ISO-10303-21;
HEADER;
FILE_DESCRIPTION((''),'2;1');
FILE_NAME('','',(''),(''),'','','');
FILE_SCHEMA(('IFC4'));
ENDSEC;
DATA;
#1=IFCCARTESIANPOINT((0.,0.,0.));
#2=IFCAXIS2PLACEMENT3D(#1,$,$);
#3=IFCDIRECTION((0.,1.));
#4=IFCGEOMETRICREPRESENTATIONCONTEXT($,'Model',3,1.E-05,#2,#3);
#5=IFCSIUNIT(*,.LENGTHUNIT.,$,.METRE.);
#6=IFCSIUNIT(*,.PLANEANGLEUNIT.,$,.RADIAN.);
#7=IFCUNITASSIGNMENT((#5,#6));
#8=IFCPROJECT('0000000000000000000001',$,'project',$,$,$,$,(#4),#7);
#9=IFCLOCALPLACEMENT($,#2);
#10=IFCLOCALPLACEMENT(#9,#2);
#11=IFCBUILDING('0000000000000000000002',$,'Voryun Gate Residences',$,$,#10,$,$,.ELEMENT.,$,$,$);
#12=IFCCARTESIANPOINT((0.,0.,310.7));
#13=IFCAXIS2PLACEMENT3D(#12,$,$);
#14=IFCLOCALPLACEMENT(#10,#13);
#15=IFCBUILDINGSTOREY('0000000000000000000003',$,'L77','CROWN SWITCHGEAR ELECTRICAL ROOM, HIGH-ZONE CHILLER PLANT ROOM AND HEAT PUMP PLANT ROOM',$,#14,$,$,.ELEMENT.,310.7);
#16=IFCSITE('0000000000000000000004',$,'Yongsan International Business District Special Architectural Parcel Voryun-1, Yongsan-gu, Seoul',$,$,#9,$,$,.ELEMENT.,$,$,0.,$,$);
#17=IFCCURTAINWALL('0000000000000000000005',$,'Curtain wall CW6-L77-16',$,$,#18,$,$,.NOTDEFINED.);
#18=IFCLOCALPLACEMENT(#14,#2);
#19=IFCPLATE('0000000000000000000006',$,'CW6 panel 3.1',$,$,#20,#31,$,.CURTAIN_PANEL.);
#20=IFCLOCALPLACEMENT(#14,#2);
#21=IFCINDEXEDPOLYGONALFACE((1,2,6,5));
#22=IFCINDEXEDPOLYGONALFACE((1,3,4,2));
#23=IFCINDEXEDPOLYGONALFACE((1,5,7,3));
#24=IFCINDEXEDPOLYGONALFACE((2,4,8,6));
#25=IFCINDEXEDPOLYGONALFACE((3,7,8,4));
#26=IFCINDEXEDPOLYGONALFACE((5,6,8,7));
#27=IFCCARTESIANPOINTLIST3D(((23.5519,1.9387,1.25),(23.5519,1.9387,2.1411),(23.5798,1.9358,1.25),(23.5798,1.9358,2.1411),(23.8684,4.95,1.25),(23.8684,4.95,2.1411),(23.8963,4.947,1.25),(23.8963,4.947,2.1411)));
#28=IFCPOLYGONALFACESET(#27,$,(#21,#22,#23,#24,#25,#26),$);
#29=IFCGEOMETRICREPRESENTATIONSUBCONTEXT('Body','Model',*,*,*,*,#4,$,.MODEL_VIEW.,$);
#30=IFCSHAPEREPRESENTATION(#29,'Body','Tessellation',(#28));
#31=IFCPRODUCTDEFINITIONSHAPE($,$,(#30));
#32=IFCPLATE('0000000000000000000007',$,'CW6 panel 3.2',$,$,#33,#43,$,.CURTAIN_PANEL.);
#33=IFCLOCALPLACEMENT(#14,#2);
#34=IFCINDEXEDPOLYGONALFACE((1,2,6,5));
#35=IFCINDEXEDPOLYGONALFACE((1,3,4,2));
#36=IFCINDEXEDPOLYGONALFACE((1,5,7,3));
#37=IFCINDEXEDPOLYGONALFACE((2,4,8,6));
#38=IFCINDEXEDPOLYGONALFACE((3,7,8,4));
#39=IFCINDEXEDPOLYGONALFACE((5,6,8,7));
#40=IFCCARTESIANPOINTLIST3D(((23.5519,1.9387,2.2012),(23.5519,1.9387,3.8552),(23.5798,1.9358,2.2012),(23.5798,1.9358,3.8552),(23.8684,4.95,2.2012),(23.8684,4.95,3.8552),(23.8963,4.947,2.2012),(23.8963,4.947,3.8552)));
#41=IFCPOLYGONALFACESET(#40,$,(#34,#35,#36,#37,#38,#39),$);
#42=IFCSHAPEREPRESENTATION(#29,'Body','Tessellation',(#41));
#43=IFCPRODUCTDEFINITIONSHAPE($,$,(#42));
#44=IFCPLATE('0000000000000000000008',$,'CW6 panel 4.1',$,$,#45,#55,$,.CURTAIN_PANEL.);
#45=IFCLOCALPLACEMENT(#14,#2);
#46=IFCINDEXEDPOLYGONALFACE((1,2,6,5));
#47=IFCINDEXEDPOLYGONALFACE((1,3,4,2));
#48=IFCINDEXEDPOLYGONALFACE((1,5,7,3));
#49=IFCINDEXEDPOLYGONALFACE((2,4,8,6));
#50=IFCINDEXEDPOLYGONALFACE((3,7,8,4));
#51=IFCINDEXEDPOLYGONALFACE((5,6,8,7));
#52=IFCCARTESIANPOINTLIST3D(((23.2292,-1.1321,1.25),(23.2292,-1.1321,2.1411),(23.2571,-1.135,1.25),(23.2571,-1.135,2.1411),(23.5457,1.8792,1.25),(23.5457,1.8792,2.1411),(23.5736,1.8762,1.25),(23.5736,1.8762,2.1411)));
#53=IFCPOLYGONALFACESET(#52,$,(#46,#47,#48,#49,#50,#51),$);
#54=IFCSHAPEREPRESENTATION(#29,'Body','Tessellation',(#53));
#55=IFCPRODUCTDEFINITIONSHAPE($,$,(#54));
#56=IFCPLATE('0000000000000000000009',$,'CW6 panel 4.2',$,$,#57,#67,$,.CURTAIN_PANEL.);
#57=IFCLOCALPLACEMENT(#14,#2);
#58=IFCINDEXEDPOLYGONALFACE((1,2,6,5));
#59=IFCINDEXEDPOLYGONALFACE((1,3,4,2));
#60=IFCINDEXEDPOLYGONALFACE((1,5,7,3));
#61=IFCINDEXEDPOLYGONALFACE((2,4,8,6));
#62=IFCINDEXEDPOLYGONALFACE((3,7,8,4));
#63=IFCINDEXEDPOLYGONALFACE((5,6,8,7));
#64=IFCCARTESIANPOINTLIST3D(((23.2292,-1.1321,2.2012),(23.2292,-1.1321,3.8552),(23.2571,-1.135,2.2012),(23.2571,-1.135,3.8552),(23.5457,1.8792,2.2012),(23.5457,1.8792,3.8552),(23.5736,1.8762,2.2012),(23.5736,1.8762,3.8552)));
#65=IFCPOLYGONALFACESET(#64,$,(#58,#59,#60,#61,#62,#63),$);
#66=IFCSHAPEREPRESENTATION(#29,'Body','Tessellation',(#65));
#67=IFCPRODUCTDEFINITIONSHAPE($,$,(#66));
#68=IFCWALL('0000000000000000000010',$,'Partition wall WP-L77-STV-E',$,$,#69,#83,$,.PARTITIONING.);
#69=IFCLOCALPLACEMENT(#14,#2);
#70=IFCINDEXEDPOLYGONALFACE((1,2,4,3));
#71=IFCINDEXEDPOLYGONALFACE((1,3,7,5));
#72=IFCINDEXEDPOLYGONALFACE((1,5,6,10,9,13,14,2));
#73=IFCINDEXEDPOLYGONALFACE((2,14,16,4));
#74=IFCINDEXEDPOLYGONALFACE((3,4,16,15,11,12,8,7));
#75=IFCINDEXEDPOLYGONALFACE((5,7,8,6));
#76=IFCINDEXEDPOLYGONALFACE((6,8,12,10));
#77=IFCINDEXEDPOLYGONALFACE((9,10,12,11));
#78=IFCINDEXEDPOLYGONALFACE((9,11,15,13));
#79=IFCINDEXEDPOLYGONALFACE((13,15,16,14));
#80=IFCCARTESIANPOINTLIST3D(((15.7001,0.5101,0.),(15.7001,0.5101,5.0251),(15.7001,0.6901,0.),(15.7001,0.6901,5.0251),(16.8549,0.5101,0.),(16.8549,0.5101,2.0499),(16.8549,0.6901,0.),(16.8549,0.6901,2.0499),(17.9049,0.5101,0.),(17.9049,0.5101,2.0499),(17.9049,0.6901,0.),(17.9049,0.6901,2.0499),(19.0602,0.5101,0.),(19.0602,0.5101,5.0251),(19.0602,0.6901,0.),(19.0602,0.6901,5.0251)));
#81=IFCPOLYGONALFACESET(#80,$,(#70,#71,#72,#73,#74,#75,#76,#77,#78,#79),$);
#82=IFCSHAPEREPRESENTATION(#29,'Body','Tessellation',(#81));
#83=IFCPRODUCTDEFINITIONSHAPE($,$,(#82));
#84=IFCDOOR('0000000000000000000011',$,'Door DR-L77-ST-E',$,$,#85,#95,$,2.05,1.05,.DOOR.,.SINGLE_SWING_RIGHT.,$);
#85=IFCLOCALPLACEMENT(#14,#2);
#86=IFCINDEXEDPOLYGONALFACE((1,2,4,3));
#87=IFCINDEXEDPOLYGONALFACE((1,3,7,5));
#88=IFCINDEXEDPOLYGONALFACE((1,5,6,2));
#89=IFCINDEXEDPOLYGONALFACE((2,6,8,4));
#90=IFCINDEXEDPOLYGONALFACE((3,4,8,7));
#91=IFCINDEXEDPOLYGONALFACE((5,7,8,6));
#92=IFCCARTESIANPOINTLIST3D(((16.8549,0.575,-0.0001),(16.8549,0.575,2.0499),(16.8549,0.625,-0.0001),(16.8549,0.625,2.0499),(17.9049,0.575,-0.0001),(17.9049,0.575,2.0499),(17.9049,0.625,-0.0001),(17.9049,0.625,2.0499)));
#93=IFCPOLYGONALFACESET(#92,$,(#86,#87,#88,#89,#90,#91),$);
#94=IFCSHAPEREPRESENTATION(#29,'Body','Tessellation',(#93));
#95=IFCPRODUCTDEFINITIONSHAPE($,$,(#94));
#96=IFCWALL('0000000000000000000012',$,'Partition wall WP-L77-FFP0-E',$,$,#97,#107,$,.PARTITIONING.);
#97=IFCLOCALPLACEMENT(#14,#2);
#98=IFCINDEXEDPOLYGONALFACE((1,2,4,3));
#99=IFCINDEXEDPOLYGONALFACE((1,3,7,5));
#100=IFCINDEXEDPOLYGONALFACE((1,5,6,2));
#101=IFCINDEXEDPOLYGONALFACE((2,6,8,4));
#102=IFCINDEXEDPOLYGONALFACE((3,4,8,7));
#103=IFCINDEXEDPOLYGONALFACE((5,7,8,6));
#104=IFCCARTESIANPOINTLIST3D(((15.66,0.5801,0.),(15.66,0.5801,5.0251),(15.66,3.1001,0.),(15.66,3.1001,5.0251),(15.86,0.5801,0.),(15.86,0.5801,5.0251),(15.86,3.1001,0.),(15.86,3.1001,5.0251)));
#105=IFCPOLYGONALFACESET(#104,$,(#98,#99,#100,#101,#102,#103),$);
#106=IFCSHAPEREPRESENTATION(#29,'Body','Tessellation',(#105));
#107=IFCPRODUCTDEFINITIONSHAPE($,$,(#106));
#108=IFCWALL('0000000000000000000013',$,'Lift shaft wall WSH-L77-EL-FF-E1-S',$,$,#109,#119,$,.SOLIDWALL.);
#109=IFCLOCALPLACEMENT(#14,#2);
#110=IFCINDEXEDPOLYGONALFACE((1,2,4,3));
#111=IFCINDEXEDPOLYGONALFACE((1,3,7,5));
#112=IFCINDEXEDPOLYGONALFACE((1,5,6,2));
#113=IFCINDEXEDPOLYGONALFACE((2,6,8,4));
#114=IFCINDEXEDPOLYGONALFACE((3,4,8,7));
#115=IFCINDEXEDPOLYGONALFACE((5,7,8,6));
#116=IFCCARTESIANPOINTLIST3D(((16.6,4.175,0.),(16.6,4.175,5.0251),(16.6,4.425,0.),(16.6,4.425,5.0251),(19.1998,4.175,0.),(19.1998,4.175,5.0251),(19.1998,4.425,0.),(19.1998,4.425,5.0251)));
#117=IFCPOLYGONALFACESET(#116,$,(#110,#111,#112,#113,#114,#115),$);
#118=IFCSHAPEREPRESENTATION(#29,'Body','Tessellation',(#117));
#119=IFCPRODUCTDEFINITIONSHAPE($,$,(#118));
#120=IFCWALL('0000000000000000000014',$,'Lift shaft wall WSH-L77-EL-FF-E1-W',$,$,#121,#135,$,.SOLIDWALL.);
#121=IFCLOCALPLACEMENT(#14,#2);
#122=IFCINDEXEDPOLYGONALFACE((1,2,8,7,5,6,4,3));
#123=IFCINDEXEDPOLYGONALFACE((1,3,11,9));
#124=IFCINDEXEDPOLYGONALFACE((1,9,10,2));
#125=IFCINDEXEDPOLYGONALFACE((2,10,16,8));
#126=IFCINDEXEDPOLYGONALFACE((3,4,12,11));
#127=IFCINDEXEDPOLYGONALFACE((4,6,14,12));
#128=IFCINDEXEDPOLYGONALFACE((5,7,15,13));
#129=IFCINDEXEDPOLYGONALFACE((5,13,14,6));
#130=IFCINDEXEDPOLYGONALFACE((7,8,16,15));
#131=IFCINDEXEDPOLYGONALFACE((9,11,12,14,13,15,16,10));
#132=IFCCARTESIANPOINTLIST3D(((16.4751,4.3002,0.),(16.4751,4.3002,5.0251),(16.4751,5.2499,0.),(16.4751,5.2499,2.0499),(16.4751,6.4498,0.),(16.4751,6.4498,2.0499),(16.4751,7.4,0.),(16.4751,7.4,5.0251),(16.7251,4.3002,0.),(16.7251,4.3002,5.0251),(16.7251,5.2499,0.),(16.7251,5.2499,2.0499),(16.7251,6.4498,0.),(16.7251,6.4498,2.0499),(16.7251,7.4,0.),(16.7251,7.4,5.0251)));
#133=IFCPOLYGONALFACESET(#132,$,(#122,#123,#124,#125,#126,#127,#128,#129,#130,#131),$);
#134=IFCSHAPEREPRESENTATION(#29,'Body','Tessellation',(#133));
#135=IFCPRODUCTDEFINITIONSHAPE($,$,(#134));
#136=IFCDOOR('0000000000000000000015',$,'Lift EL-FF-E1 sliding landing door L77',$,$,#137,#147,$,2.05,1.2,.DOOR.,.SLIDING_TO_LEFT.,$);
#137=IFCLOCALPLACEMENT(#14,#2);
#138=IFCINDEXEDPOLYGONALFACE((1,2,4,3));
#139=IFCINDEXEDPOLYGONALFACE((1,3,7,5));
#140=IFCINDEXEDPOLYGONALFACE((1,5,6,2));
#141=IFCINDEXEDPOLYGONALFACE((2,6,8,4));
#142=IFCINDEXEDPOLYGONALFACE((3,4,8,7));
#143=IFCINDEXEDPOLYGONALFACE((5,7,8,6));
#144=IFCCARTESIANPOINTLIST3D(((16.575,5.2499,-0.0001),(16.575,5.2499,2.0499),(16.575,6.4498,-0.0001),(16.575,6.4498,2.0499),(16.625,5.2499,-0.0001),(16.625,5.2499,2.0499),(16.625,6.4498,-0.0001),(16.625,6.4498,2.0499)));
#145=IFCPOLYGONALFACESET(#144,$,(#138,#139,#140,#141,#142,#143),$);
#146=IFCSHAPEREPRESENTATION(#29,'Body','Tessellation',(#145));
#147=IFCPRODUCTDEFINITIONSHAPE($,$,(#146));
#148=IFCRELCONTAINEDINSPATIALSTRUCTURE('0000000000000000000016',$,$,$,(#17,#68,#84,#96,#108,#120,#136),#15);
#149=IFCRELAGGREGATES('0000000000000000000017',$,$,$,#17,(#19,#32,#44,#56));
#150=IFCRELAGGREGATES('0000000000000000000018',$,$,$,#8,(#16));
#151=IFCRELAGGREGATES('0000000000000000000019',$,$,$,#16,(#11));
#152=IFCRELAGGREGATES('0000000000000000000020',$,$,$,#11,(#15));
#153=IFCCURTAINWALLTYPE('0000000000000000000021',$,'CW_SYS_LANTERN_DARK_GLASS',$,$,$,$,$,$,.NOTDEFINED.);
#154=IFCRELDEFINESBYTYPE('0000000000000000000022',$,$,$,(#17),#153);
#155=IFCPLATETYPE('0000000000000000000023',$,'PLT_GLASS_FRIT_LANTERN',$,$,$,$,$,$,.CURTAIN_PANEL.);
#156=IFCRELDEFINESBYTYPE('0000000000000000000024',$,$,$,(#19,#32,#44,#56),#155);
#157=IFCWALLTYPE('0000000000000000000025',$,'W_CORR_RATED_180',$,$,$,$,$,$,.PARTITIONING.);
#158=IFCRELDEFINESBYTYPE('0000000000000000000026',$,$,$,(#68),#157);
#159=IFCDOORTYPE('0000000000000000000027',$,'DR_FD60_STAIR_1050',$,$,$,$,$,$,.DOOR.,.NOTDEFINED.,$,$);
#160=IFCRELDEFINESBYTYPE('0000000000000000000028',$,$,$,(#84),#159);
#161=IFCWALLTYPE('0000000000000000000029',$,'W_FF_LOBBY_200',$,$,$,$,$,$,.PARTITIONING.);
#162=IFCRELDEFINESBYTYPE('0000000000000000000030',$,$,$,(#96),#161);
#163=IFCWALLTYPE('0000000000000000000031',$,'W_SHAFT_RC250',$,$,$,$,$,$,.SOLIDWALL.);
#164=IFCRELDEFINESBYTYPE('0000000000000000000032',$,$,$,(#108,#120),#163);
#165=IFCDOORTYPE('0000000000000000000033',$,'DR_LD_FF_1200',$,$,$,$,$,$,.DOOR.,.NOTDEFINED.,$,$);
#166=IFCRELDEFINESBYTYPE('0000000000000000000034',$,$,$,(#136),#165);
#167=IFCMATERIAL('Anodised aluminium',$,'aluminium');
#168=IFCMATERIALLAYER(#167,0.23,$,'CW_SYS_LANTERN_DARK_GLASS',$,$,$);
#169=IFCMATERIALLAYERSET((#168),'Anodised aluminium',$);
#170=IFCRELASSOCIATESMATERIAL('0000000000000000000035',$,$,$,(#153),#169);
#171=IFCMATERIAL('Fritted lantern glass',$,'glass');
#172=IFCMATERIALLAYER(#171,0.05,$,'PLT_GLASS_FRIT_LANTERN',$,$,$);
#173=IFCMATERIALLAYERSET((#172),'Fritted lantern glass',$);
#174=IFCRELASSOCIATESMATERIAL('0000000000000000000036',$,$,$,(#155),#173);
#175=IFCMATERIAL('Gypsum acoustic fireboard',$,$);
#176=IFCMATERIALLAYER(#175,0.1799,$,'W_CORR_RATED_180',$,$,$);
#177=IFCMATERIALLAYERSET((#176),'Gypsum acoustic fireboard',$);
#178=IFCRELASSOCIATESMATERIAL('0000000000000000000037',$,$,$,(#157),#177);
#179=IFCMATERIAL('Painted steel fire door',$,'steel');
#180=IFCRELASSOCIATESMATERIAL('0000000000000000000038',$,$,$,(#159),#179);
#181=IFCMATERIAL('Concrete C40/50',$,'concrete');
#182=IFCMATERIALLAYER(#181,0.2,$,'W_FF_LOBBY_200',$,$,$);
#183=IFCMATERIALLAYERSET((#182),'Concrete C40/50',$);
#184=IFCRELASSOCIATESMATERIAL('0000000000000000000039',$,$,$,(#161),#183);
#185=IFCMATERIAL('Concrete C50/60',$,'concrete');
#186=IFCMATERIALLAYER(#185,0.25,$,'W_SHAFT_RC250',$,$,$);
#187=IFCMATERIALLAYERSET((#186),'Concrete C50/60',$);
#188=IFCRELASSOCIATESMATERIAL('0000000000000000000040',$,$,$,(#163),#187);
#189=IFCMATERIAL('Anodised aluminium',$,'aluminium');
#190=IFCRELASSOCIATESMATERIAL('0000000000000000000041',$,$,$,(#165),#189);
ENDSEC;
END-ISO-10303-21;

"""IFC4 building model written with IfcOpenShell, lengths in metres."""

from ifc_helpers import new_model, si_unit, direction, frame, frame_2d, origin, origin_2d, place, context, subcontext, project, spatial, rectangle, extrude, material, layer, layer_set, type_object, element, fill, aggregate, save


model = new_model("IFC4")

# Units and contexts
model_context = context("Model", 3, precision=1e-05, world=origin(), true_north=direction((0.0, 1.0)))
body_context = subcontext(model_context, "Body", "Model", "MODEL_VIEW")
ifc_project = project(units=[si_unit("LENGTHUNIT", "METRE"), si_unit("PLANEANGLEUNIT", "RADIAN")], contexts=[model_context])

# Site, building, storey
site_placement = place(None, origin())
site = spatial("IfcSite", under=ifc_project, at=site_placement, Name="Yongsan International Business District Special Architectural Parcel Voryun-1, Yongsan-gu, Seoul", CompositionType="ELEMENT", RefElevation=0.0)
building_placement = place(site_placement, origin())
building = spatial("IfcBuilding", under=site, at=building_placement, Name="Voryun Gate Residences", CompositionType="ELEMENT")
storey_placement = place(building_placement, frame((0.0, 0.0, 310.7)))
storey = spatial("IfcBuildingStorey", under=building, at=storey_placement, Name="L77", Description="CROWN SWITCHGEAR ELECTRICAL ROOM, HIGH-ZONE CHILLER PLANT ROOM AND HEAT PUMP PLANT ROOM", CompositionType="ELEMENT", Elevation=310.7)

# Curtain wall
ifc_material_1 = material(Name="Anodised aluminium", Category="aluminium")
ifc_layer_1 = layer(ifc_material_1, 0.23, Name="CW_SYS_LANTERN_DARK_GLASS")
ifc_layer_set_1 = layer_set([ifc_layer_1], Name="Anodised aluminium")
curtain_wall_type = type_object("IfcCurtainWallType", Name="CW_SYS_LANTERN_DARK_GLASS", PredefinedType="NOTDEFINED", material=ifc_layer_set_1)
curtain_wall_placement = place(storey_placement, origin())
curtain_wall = element("IfcCurtainWall", 1, at=curtain_wall_placement, inside=storey, type_object=curtain_wall_type, Name="Curtain wall CW6-L77-16", PredefinedType="NOTDEFINED")

# Plates
ifc_material_2 = material(Name="Fritted lantern glass", Category="glass")
ifc_layer_2 = layer(ifc_material_2, 0.05, Name="PLT_GLASS_FRIT_LANTERN")
ifc_layer_set_2 = layer_set([ifc_layer_2], Name="Fritted lantern glass")
plate_type_1 = type_object("IfcPlateType", Name="PLT_GLASS_FRIT_LANTERN", PredefinedType="CURTAIN_PANEL", material=ifc_layer_set_2)
plate_1_placement = place(storey_placement, frame((23.7241, 3.4429, 1.25), z_axis=(0.0, 0.0, 1.0), x_axis=(-0.104528, -0.994522, 0.0)))
plate_1 = element("IfcPlate", 2, at=plate_1_placement, type_object=plate_type_1, Name="CW6 panel 3.1", PredefinedType="CURTAIN_PANEL", context=body_context, shape_type="SweptSolid", body=[
    extrude(rectangle(XDim=3.0278, YDim=0.0281, at=origin_2d()), origin(), (0.0, 0.0, 1.0), 0.8911),
])
plate_2_placement = place(storey_placement, frame((23.7241, 3.4429, 2.2012), z_axis=(0.0, 0.0, 1.0), x_axis=(-0.104528, -0.994522, 0.0)))
plate_2 = element("IfcPlate", 3, at=plate_2_placement, type_object=plate_type_1, Name="CW6 panel 3.2", PredefinedType="CURTAIN_PANEL", context=body_context, shape_type="SweptSolid", body=[
    extrude(rectangle(XDim=3.0278, YDim=0.0281, at=origin_2d()), origin(), (0.0, 0.0, 1.0), 1.6541),
])
plate_3_placement = place(storey_placement, frame((23.4014, 0.3721, 1.25), z_axis=(0.0, 0.0, 1.0), x_axis=(-0.104528, -0.994522, 0.0)))
plate_3 = element("IfcPlate", 4, at=plate_3_placement, type_object=plate_type_1, Name="CW6 panel 4.1", PredefinedType="CURTAIN_PANEL", context=body_context, shape_type="SweptSolid", body=[
    extrude(rectangle(XDim=3.0278, YDim=0.0281, at=origin_2d()), origin(), (0.0, 0.0, 1.0), 0.8911),
])
plate_4_placement = place(storey_placement, frame((23.4014, 0.3721, 2.2012), z_axis=(0.0, 0.0, 1.0), x_axis=(-0.104528, -0.994522, 0.0)))
plate_4 = element("IfcPlate", 5, at=plate_4_placement, type_object=plate_type_1, Name="CW6 panel 4.2", PredefinedType="CURTAIN_PANEL", context=body_context, shape_type="SweptSolid", body=[
    extrude(rectangle(XDim=3.0278, YDim=0.0281, at=origin_2d()), origin(), (0.0, 0.0, 1.0), 1.6541),
])
aggregate(curtain_wall, [plate_1, plate_2, plate_3, plate_4])

# Wall, opening, door
ifc_material_3 = material(Name="Gypsum acoustic fireboard")
ifc_layer_3 = layer(ifc_material_3, 0.1799, Name="W_CORR_RATED_180")
ifc_layer_set_3 = layer_set([ifc_layer_3], Name="Gypsum acoustic fireboard")
wall_type_1 = type_object("IfcWallType", Name="W_CORR_RATED_180", PredefinedType="PARTITIONING", material=ifc_layer_set_3)
wall_1_placement = place(storey_placement, frame((15.7, 0.6001, 0.0), z_axis=(0.0, 0.0, 1.0), x_axis=(1.0, 0.0, 0.0)))
wall_1 = element("IfcWall", 6, at=wall_1_placement, inside=storey, type_object=wall_type_1, Name="Partition wall WP-L77-STV-E", PredefinedType="PARTITIONING", context=body_context, shape_type="SweptSolid", body=[
    extrude(rectangle(XDim=3.3601, YDim=0.1799, at=frame_2d((1.6802, 0.0))), origin(), (0.0, 0.0, 1.0), 5.0251),
])
opening_1_placement = place(wall_1_placement, frame((1.155, 0.0, 0.0)))
opening_1 = element("IfcOpeningElement", 7, at=opening_1_placement, cuts=wall_1, PredefinedType="OPENING", context=body_context, shape_type="SweptSolid", body=[
    extrude(rectangle(XDim=1.05, YDim=2.05, at=frame_2d((0.5249, 1.0249))), frame((0.0, 0.0999, 0.0), z_axis=(0.0, -1.0, 0.0), x_axis=(1.0, 0.0, 0.0)), (0.0, 0.0, 1.0), 0.2),
])
ifc_material_4 = material(Name="Painted steel fire door", Category="steel")
door_type_1 = type_object("IfcDoorType", Name="DR_FD60_STAIR_1050", OperationType="NOTDEFINED", PredefinedType="DOOR", material=ifc_material_4)
door_1_placement = place(opening_1_placement, origin())
door_1 = element("IfcDoor", 8, at=door_1_placement, inside=storey, type_object=door_type_1, Name="Door DR-L77-ST-E", OperationType="SINGLE_SWING_RIGHT", OverallHeight=2.05, OverallWidth=1.05, PredefinedType="DOOR", context=body_context, shape_type="SweptSolid", body=[
    extrude(rectangle(XDim=1.05, YDim=2.05, at=frame_2d((0.5249, 1.0249))), frame((0.0, 0.0249, 0.0), z_axis=(0.0, -1.0, 0.0), x_axis=(1.0, 0.0, 0.0)), (0.0, 0.0, 1.0), 0.05),
])
fill(opening_1, door_1)

# Walls
ifc_material_5 = material(Name="Concrete C40/50", Category="concrete")
ifc_layer_4 = layer(ifc_material_5, 0.2, Name="W_FF_LOBBY_200")
ifc_layer_set_4 = layer_set([ifc_layer_4], Name="Concrete C40/50")
wall_type_2 = type_object("IfcWallType", Name="W_FF_LOBBY_200", PredefinedType="PARTITIONING", material=ifc_layer_set_4)
wall_2_placement = place(storey_placement, frame((15.76, 0.5801, 0.0), z_axis=(0.0, 0.0, 1.0), x_axis=(0.0, 1.0, 0.0)))
element("IfcWall", 9, at=wall_2_placement, inside=storey, type_object=wall_type_2, Name="Partition wall WP-L77-FFP0-E", PredefinedType="PARTITIONING", context=body_context, shape_type="SweptSolid", body=[
    extrude(rectangle(XDim=2.52, YDim=0.2, at=frame_2d((1.26, 0.0))), origin(), (0.0, 0.0, 1.0), 5.0251),
])
ifc_material_6 = material(Name="Concrete C50/60", Category="concrete")
ifc_layer_5 = layer(ifc_material_6, 0.25, Name="W_SHAFT_RC250")
ifc_layer_set_5 = layer_set([ifc_layer_5], Name="Concrete C50/60")
wall_type_3 = type_object("IfcWallType", Name="W_SHAFT_RC250", PredefinedType="SOLIDWALL", material=ifc_layer_set_5)
wall_3_placement = place(storey_placement, frame((16.6001, 4.3, 0.0), z_axis=(0.0, 0.0, 1.0), x_axis=(1.0, 0.0, 0.0)))
element("IfcWall", 10, at=wall_3_placement, inside=storey, type_object=wall_type_3, Name="Lift shaft wall WSH-L77-EL-FF-E1-S", PredefinedType="SOLIDWALL", context=body_context, shape_type="SweptSolid", body=[
    extrude(rectangle(XDim=2.5999, YDim=0.25, at=frame_2d((1.2998, 0.0))), origin(), (0.0, 0.0, 1.0), 5.0251),
])

# Wall, opening, door
wall_4_placement = place(storey_placement, frame((16.6001, 7.3999, 0.0), z_axis=(0.0, 0.0, 1.0), x_axis=(0.0, -1.0, 0.0)))
wall_4 = element("IfcWall", 11, at=wall_4_placement, inside=storey, type_object=wall_type_3, Name="Lift shaft wall WSH-L77-EL-FF-E1-W", PredefinedType="SOLIDWALL", context=body_context, shape_type="SweptSolid", body=[
    extrude(rectangle(XDim=3.0999, YDim=0.25, at=frame_2d((1.5498, 0.0))), origin(), (0.0, 0.0, 1.0), 5.0251),
])
opening_2_placement = place(wall_4_placement, frame((0.95, 0.0, 0.0)))
opening_2 = element("IfcOpeningElement", 12, at=opening_2_placement, cuts=wall_4, PredefinedType="OPENING", context=body_context, shape_type="SweptSolid", body=[
    extrude(rectangle(XDim=1.2, YDim=2.05, at=frame_2d((0.6001, 1.0249))), frame((0.0, 0.135, 0.0), z_axis=(0.0, -1.0, 0.0), x_axis=(1.0, 0.0, 0.0)), (0.0, 0.0, 1.0), 0.27),
])
ifc_material_7 = material(Name="Anodised aluminium", Category="aluminium")
door_type_2 = type_object("IfcDoorType", Name="DR_LD_FF_1200", OperationType="NOTDEFINED", PredefinedType="DOOR", material=ifc_material_7)
door_2_placement = place(opening_2_placement, origin())
door_2 = element("IfcDoor", 13, at=door_2_placement, inside=storey, type_object=door_type_2, Name="Lift EL-FF-E1 sliding landing door L77", OperationType="SLIDING_TO_LEFT", OverallHeight=2.05, OverallWidth=1.2, PredefinedType="DOOR", context=body_context, shape_type="SweptSolid", body=[
    extrude(rectangle(XDim=1.2, YDim=2.05, at=frame_2d((0.6001, 1.0249))), frame((0.0, 0.0249, 0.0), z_axis=(0.0, -1.0, 0.0), x_axis=(1.0, 0.0, 0.0)), (0.0, 0.0, 1.0), 0.05),
])
fill(opening_2, door_2)

save(model, "model.ifc")
